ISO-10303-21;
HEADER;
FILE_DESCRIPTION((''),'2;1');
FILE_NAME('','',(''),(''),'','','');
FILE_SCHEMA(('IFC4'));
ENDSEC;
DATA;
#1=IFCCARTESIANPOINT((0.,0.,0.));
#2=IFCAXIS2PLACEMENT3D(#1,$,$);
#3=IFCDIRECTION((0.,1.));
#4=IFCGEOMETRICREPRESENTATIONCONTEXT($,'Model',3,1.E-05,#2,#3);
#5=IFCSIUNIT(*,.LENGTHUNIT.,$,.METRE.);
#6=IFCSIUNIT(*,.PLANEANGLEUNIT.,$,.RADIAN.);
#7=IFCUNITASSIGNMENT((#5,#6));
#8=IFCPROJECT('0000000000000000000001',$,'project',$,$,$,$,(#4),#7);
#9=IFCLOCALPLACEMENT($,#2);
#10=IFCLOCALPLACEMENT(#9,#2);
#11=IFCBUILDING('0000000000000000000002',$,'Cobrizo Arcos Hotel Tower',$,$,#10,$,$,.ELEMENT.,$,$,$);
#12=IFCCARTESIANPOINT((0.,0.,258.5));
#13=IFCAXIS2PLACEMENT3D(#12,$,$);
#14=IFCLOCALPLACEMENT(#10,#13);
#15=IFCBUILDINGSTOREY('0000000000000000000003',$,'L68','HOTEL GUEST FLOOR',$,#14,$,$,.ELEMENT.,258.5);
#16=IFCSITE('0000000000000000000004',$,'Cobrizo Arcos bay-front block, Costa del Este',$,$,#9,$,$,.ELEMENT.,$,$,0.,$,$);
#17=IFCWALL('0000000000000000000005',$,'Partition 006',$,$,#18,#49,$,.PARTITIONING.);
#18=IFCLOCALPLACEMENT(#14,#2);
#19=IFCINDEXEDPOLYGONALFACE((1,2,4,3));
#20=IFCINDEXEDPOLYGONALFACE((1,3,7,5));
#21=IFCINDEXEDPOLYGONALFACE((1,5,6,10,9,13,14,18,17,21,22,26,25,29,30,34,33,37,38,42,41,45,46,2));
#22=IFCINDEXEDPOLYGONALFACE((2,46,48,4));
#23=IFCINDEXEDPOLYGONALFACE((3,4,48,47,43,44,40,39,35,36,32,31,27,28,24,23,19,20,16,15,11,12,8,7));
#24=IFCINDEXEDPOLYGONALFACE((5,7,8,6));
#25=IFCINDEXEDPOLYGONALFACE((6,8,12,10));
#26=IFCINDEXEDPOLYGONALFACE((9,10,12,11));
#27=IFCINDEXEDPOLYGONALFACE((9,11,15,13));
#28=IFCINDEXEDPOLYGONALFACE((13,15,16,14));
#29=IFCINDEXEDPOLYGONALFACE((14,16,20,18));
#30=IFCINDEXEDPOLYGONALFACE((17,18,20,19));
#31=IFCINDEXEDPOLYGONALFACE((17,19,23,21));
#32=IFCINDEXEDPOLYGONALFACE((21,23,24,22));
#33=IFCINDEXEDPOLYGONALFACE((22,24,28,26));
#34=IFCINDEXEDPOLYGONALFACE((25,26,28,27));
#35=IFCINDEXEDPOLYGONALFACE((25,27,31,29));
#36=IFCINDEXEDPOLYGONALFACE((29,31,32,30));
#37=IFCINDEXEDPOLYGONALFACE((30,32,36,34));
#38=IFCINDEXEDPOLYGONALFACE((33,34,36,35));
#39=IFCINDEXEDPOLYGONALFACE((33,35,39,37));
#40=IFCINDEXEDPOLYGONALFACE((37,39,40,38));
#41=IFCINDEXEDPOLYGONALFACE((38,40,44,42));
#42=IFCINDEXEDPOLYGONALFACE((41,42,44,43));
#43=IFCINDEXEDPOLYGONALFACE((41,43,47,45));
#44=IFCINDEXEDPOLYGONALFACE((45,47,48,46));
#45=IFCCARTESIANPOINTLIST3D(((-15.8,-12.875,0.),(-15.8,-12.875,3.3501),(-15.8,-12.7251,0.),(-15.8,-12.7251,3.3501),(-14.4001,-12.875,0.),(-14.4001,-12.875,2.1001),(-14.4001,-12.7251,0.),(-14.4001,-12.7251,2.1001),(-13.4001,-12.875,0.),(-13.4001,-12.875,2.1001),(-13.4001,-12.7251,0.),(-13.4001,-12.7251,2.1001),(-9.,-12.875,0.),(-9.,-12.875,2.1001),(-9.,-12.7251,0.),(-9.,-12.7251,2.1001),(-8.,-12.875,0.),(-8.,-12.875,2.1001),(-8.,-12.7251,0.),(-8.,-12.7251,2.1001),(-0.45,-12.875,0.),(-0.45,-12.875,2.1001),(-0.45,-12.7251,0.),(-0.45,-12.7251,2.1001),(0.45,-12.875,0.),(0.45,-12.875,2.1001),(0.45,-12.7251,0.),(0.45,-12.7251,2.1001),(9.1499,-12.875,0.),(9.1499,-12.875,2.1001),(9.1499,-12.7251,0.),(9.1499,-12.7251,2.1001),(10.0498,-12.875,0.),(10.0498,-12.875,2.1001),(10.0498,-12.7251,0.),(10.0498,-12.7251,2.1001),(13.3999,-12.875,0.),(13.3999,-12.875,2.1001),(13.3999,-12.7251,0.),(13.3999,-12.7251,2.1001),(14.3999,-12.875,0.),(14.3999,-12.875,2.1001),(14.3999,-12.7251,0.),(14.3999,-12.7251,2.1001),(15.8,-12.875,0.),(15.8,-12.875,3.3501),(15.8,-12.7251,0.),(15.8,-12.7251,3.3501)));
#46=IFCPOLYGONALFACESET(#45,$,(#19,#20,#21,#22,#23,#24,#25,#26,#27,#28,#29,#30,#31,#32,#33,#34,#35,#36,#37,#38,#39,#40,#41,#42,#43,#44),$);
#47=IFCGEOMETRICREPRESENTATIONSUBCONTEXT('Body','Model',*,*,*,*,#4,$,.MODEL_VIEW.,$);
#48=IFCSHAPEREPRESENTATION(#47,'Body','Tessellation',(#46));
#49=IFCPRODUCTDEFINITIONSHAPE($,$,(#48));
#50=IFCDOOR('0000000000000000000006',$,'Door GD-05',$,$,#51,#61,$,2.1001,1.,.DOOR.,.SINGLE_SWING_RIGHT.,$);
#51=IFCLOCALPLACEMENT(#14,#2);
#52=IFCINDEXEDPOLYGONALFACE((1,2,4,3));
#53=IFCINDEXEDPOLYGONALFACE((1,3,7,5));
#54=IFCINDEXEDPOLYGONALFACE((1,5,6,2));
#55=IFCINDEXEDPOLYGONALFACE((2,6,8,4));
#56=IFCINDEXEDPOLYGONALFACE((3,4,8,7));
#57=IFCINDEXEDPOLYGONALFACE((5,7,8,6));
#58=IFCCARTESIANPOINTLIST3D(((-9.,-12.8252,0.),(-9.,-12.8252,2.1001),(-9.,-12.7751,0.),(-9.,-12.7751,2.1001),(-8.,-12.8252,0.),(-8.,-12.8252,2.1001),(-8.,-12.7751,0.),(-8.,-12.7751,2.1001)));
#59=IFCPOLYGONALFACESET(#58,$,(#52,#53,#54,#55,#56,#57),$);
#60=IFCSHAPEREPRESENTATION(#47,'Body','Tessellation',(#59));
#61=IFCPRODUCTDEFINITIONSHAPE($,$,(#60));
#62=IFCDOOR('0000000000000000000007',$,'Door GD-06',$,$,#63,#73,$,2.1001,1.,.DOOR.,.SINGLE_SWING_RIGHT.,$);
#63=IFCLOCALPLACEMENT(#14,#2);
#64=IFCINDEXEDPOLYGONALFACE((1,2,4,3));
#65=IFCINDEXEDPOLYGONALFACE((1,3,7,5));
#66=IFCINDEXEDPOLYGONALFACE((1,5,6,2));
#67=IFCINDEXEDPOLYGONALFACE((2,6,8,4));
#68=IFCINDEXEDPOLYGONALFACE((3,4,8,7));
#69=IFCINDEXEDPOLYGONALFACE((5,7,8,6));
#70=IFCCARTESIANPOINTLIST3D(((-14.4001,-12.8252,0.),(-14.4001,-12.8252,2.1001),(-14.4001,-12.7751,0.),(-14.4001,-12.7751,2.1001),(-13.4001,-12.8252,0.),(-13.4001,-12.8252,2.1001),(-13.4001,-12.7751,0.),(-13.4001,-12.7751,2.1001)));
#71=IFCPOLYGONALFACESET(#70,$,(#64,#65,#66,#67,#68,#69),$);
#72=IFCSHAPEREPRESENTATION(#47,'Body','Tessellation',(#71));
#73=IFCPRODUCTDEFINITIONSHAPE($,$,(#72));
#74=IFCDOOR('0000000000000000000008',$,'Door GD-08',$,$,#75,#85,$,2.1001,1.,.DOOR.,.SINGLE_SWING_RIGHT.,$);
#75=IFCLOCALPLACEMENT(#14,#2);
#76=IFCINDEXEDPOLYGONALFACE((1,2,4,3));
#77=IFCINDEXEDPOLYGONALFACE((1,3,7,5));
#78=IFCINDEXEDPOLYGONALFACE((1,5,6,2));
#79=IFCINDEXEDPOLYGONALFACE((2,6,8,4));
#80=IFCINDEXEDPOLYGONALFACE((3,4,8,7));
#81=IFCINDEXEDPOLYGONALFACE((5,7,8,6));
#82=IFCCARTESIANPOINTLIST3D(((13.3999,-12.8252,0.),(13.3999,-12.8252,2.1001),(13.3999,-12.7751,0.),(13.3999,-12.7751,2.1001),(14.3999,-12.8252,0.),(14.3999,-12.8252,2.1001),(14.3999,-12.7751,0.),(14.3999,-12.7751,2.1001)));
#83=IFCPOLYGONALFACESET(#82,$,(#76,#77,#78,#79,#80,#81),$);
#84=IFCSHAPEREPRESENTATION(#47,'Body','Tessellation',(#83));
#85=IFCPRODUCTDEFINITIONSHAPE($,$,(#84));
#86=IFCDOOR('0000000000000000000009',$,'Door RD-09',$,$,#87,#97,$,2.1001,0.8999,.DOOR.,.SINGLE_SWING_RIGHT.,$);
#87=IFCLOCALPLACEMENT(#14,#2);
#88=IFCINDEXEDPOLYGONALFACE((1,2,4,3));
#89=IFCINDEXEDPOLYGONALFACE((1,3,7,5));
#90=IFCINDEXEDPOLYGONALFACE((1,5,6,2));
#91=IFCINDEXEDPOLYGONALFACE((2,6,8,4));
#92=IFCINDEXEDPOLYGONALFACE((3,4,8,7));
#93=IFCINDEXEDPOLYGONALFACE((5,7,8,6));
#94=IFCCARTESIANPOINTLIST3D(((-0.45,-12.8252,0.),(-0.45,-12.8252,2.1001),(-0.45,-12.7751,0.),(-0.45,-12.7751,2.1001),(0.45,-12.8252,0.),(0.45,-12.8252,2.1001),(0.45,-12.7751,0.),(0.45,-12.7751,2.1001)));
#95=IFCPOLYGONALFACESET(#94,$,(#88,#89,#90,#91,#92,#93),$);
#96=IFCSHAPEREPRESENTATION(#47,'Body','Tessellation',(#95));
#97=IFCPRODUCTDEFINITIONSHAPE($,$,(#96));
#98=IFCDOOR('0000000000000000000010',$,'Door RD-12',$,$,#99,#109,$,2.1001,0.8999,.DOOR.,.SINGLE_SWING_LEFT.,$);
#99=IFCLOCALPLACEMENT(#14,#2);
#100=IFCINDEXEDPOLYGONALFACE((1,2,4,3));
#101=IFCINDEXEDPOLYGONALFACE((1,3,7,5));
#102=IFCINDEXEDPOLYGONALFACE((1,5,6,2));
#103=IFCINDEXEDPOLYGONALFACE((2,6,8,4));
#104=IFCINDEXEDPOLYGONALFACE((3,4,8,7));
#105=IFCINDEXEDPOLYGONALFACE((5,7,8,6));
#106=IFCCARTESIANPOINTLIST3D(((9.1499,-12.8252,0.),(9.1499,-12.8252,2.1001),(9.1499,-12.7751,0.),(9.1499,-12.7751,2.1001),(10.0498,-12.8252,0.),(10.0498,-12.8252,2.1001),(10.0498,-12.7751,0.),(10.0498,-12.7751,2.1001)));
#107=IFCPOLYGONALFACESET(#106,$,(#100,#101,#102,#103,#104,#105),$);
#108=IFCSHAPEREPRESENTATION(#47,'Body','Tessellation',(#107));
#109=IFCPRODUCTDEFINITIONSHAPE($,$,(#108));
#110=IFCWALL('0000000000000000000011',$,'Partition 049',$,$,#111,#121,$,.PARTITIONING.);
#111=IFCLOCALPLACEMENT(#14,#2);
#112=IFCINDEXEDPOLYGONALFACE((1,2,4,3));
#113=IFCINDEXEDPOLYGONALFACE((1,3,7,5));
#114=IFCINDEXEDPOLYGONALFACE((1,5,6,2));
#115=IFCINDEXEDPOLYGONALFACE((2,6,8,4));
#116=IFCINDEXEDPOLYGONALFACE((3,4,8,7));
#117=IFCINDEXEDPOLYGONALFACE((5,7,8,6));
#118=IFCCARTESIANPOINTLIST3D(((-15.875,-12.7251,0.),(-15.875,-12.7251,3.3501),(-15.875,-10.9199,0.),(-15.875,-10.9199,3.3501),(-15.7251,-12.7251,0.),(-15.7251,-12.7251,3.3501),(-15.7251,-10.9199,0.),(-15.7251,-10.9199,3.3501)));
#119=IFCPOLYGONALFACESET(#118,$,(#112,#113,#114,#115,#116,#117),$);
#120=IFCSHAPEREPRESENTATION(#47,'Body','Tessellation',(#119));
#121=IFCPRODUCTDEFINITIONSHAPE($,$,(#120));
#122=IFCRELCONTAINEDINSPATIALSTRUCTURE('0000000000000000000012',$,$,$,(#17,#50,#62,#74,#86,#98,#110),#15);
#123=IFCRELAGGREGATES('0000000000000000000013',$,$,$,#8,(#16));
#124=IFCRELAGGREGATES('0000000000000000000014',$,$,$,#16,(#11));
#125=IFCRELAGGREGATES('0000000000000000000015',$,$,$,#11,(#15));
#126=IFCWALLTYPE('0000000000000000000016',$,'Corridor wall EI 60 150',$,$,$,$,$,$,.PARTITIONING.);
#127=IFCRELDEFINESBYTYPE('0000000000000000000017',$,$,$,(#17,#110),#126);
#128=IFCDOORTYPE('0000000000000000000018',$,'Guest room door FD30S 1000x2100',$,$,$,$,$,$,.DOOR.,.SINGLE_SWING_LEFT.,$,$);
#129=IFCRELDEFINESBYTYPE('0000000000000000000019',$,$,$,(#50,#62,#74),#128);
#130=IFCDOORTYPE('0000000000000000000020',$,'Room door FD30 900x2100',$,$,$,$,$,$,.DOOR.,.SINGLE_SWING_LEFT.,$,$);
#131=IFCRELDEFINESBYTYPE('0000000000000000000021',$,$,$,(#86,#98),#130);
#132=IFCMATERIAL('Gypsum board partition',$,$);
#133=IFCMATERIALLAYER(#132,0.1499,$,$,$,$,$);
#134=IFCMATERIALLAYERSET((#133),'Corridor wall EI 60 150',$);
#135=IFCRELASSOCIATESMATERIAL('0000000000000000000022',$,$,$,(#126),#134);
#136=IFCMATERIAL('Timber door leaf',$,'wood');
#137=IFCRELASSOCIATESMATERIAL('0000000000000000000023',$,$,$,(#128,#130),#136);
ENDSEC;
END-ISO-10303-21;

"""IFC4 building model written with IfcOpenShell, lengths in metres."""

from ifc_helpers import new_model, si_unit, direction, frame, frame_2d, origin, place, context, subcontext, project, spatial, rectangle, extrude, material, layer, layer_set, type_object, element, fill, save


model = new_model("IFC4")

# Units and contexts
model_context = context("Model", 3, precision=1e-05, world=origin(), true_north=direction((0.0, 1.0)))
body_context = subcontext(model_context, "Body", "Model", "MODEL_VIEW")
ifc_project = project(units=[si_unit("LENGTHUNIT", "METRE"), si_unit("PLANEANGLEUNIT", "RADIAN")], contexts=[model_context])

# Site, building, storey
site_placement = place(None, origin())
site = spatial("IfcSite", under=ifc_project, at=site_placement, Name="Cobrizo Arcos bay-front block, Costa del Este", CompositionType="ELEMENT", RefElevation=0.0)
building_placement = place(site_placement, origin())
building = spatial("IfcBuilding", under=site, at=building_placement, Name="Cobrizo Arcos Hotel Tower", CompositionType="ELEMENT")
storey_placement = place(building_placement, frame((0.0, 0.0, 258.5)))
storey = spatial("IfcBuildingStorey", under=building, at=storey_placement, Name="L68", Description="HOTEL GUEST FLOOR", CompositionType="ELEMENT", Elevation=258.5)

# Wall, openings, doors
ifc_material_1 = material(Name="Gypsum board partition")
ifc_layer_1 = layer(ifc_material_1, 0.1499)
ifc_layer_set_1 = layer_set([ifc_layer_1], Name="Corridor wall EI 60 150")
wall_type = type_object("IfcWallType", Name="Corridor wall EI 60 150", PredefinedType="PARTITIONING", material=ifc_layer_set_1)
wall_1_placement = place(storey_placement, frame((-15.8, -12.8, 0.0), z_axis=(0.0, 0.0, 1.0), x_axis=(1.0, 0.0, 0.0)))
wall_1 = element("IfcWall", 1, at=wall_1_placement, inside=storey, type_object=wall_type, Name="Partition 006", PredefinedType="PARTITIONING", context=body_context, shape_type="SweptSolid", body=[
    extrude(rectangle(XDim=31.6001, YDim=0.1499, at=frame_2d((15.8, 0.0))), origin(), (0.0, 0.0, 1.0), 3.3501),
])
opening_1_placement = place(wall_1_placement, frame((6.8, 0.0, 0.0)))
opening_1 = element("IfcOpeningElement", 2, at=opening_1_placement, cuts=wall_1, PredefinedType="OPENING", context=body_context, shape_type="SweptSolid", body=[
    extrude(rectangle(XDim=1.0, YDim=2.1001, at=frame_2d((0.5, 1.05))), frame((0.0, 0.0869, 0.0), z_axis=(0.0, -1.0, 0.0), x_axis=(1.0, 0.0, 0.0)), (0.0, 0.0, 1.0), 0.1738),
])
opening_2_placement = place(wall_1_placement, frame((15.3501, 0.0, 0.0)))
opening_2 = element("IfcOpeningElement", 3, at=opening_2_placement, cuts=wall_1, PredefinedType="OPENING", context=body_context, shape_type="SweptSolid", body=[
    extrude(rectangle(XDim=0.8999, YDim=2.1001, at=frame_2d((0.45, 1.05))), frame((0.0, 0.0869, 0.0), z_axis=(0.0, -1.0, 0.0), x_axis=(1.0, 0.0, 0.0)), (0.0, 0.0, 1.0), 0.1738),
])
opening_3_placement = place(wall_1_placement, frame((24.95, 0.0, 0.0)))
opening_3 = element("IfcOpeningElement", 4, at=opening_3_placement, cuts=wall_1, PredefinedType="OPENING", context=body_context, shape_type="SweptSolid", body=[
    extrude(rectangle(XDim=0.8999, YDim=2.1001, at=frame_2d((0.45, 1.05))), frame((0.0, 0.0869, 0.0), z_axis=(0.0, -1.0, 0.0), x_axis=(1.0, 0.0, 0.0)), (0.0, 0.0, 1.0), 0.1738),
])
opening_4_placement = place(wall_1_placement, frame((1.3999, 0.0, 0.0)))
opening_4 = element("IfcOpeningElement", 5, at=opening_4_placement, cuts=wall_1, PredefinedType="OPENING", context=body_context, shape_type="SweptSolid", body=[
    extrude(rectangle(XDim=1.0, YDim=2.1001, at=frame_2d((0.5, 1.05))), frame((0.0, 0.0869, 0.0), z_axis=(0.0, -1.0, 0.0), x_axis=(1.0, 0.0, 0.0)), (0.0, 0.0, 1.0), 0.1738),
])
opening_5_placement = place(wall_1_placement, frame((29.2, 0.0, 0.0)))
opening_5 = element("IfcOpeningElement", 6, at=opening_5_placement, cuts=wall_1, PredefinedType="OPENING", context=body_context, shape_type="SweptSolid", body=[
    extrude(rectangle(XDim=1.0, YDim=2.1001, at=frame_2d((0.5, 1.05))), frame((0.0, 0.0869, 0.0), z_axis=(0.0, -1.0, 0.0), x_axis=(1.0, 0.0, 0.0)), (0.0, 0.0, 1.0), 0.1738),
])
ifc_material_2 = material(Name="Timber door leaf", Category="wood")
door_type_1 = type_object("IfcDoorType", Name="Guest room door FD30S 1000x2100", OperationType="SINGLE_SWING_LEFT", PredefinedType="DOOR", material=ifc_material_2)
door_1_placement = place(opening_1_placement, origin())
door_1 = element("IfcDoor", 7, at=door_1_placement, inside=storey, type_object=door_type_1, Name="Door GD-05", OperationType="SINGLE_SWING_RIGHT", OverallHeight=2.1001, OverallWidth=1.0, PredefinedType="DOOR", context=body_context, shape_type="SweptSolid", body=[
    extrude(rectangle(XDim=1.0, YDim=2.1001, at=frame_2d((0.5, 1.05))), frame((0.0, 0.0249, 0.0), z_axis=(0.0, -1.0, 0.0), x_axis=(1.0, 0.0, 0.0)), (0.0, 0.0, 1.0), 0.05),
])
fill(opening_1, door_1)
door_2_placement = place(opening_4_placement, origin())
door_2 = element("IfcDoor", 8, at=door_2_placement, inside=storey, type_object=door_type_1, Name="Door GD-06", OperationType="SINGLE_SWING_RIGHT", OverallHeight=2.1001, OverallWidth=1.0, PredefinedType="DOOR", context=body_context, shape_type="SweptSolid", body=[
    extrude(rectangle(XDim=1.0, YDim=2.1001, at=frame_2d((0.5, 1.05))), frame((0.0, 0.0249, 0.0), z_axis=(0.0, -1.0, 0.0), x_axis=(1.0, 0.0, 0.0)), (0.0, 0.0, 1.0), 0.05),
])
fill(opening_4, door_2)
door_3_placement = place(opening_5_placement, origin())
door_3 = element("IfcDoor", 9, at=door_3_placement, inside=storey, type_object=door_type_1, Name="Door GD-08", OperationType="SINGLE_SWING_RIGHT", OverallHeight=2.1001, OverallWidth=1.0, PredefinedType="DOOR", context=body_context, shape_type="SweptSolid", body=[
    extrude(rectangle(XDim=1.0, YDim=2.1001, at=frame_2d((0.5, 1.05))), frame((0.0, 0.0249, 0.0), z_axis=(0.0, -1.0, 0.0), x_axis=(1.0, 0.0, 0.0)), (0.0, 0.0, 1.0), 0.05),
])
fill(opening_5, door_3)
door_type_2 = type_object("IfcDoorType", Name="Room door FD30 900x2100", OperationType="SINGLE_SWING_LEFT", PredefinedType="DOOR", material=ifc_material_2)
door_4_placement = place(opening_2_placement, origin())
door_4 = element("IfcDoor", 10, at=door_4_placement, inside=storey, type_object=door_type_2, Name="Door RD-09", OperationType="SINGLE_SWING_RIGHT", OverallHeight=2.1001, OverallWidth=0.8999, PredefinedType="DOOR", context=body_context, shape_type="SweptSolid", body=[
    extrude(rectangle(XDim=0.8999, YDim=2.1001, at=frame_2d((0.45, 1.05))), frame((0.0, 0.0249, 0.0), z_axis=(0.0, -1.0, 0.0), x_axis=(1.0, 0.0, 0.0)), (0.0, 0.0, 1.0), 0.05),
])
fill(opening_2, door_4)
door_5_placement = place(opening_3_placement, origin())
door_5 = element("IfcDoor", 11, at=door_5_placement, inside=storey, type_object=door_type_2, Name="Door RD-12", OperationType="SINGLE_SWING_LEFT", OverallHeight=2.1001, OverallWidth=0.8999, PredefinedType="DOOR", context=body_context, shape_type="SweptSolid", body=[
    extrude(rectangle(XDim=0.8999, YDim=2.1001, at=frame_2d((0.45, 1.05))), frame((0.0, 0.0249, 0.0), z_axis=(0.0, -1.0, 0.0), x_axis=(1.0, 0.0, 0.0)), (0.0, 0.0, 1.0), 0.05),
])
fill(opening_3, door_5)

# Wall
wall_2_placement = place(storey_placement, frame((-15.8, -12.7251, 0.0), z_axis=(0.0, 0.0, 1.0), x_axis=(0.0, 1.0, 0.0)))
element("IfcWall", 12, at=wall_2_placement, inside=storey, type_object=wall_type, Name="Partition 049", PredefinedType="PARTITIONING", context=body_context, shape_type="SweptSolid", body=[
    extrude(rectangle(XDim=1.8052, YDim=0.1499, at=frame_2d((0.9026, 0.0))), origin(), (0.0, 0.0, 1.0), 3.3501),
])

save(model, "model.ifc")
